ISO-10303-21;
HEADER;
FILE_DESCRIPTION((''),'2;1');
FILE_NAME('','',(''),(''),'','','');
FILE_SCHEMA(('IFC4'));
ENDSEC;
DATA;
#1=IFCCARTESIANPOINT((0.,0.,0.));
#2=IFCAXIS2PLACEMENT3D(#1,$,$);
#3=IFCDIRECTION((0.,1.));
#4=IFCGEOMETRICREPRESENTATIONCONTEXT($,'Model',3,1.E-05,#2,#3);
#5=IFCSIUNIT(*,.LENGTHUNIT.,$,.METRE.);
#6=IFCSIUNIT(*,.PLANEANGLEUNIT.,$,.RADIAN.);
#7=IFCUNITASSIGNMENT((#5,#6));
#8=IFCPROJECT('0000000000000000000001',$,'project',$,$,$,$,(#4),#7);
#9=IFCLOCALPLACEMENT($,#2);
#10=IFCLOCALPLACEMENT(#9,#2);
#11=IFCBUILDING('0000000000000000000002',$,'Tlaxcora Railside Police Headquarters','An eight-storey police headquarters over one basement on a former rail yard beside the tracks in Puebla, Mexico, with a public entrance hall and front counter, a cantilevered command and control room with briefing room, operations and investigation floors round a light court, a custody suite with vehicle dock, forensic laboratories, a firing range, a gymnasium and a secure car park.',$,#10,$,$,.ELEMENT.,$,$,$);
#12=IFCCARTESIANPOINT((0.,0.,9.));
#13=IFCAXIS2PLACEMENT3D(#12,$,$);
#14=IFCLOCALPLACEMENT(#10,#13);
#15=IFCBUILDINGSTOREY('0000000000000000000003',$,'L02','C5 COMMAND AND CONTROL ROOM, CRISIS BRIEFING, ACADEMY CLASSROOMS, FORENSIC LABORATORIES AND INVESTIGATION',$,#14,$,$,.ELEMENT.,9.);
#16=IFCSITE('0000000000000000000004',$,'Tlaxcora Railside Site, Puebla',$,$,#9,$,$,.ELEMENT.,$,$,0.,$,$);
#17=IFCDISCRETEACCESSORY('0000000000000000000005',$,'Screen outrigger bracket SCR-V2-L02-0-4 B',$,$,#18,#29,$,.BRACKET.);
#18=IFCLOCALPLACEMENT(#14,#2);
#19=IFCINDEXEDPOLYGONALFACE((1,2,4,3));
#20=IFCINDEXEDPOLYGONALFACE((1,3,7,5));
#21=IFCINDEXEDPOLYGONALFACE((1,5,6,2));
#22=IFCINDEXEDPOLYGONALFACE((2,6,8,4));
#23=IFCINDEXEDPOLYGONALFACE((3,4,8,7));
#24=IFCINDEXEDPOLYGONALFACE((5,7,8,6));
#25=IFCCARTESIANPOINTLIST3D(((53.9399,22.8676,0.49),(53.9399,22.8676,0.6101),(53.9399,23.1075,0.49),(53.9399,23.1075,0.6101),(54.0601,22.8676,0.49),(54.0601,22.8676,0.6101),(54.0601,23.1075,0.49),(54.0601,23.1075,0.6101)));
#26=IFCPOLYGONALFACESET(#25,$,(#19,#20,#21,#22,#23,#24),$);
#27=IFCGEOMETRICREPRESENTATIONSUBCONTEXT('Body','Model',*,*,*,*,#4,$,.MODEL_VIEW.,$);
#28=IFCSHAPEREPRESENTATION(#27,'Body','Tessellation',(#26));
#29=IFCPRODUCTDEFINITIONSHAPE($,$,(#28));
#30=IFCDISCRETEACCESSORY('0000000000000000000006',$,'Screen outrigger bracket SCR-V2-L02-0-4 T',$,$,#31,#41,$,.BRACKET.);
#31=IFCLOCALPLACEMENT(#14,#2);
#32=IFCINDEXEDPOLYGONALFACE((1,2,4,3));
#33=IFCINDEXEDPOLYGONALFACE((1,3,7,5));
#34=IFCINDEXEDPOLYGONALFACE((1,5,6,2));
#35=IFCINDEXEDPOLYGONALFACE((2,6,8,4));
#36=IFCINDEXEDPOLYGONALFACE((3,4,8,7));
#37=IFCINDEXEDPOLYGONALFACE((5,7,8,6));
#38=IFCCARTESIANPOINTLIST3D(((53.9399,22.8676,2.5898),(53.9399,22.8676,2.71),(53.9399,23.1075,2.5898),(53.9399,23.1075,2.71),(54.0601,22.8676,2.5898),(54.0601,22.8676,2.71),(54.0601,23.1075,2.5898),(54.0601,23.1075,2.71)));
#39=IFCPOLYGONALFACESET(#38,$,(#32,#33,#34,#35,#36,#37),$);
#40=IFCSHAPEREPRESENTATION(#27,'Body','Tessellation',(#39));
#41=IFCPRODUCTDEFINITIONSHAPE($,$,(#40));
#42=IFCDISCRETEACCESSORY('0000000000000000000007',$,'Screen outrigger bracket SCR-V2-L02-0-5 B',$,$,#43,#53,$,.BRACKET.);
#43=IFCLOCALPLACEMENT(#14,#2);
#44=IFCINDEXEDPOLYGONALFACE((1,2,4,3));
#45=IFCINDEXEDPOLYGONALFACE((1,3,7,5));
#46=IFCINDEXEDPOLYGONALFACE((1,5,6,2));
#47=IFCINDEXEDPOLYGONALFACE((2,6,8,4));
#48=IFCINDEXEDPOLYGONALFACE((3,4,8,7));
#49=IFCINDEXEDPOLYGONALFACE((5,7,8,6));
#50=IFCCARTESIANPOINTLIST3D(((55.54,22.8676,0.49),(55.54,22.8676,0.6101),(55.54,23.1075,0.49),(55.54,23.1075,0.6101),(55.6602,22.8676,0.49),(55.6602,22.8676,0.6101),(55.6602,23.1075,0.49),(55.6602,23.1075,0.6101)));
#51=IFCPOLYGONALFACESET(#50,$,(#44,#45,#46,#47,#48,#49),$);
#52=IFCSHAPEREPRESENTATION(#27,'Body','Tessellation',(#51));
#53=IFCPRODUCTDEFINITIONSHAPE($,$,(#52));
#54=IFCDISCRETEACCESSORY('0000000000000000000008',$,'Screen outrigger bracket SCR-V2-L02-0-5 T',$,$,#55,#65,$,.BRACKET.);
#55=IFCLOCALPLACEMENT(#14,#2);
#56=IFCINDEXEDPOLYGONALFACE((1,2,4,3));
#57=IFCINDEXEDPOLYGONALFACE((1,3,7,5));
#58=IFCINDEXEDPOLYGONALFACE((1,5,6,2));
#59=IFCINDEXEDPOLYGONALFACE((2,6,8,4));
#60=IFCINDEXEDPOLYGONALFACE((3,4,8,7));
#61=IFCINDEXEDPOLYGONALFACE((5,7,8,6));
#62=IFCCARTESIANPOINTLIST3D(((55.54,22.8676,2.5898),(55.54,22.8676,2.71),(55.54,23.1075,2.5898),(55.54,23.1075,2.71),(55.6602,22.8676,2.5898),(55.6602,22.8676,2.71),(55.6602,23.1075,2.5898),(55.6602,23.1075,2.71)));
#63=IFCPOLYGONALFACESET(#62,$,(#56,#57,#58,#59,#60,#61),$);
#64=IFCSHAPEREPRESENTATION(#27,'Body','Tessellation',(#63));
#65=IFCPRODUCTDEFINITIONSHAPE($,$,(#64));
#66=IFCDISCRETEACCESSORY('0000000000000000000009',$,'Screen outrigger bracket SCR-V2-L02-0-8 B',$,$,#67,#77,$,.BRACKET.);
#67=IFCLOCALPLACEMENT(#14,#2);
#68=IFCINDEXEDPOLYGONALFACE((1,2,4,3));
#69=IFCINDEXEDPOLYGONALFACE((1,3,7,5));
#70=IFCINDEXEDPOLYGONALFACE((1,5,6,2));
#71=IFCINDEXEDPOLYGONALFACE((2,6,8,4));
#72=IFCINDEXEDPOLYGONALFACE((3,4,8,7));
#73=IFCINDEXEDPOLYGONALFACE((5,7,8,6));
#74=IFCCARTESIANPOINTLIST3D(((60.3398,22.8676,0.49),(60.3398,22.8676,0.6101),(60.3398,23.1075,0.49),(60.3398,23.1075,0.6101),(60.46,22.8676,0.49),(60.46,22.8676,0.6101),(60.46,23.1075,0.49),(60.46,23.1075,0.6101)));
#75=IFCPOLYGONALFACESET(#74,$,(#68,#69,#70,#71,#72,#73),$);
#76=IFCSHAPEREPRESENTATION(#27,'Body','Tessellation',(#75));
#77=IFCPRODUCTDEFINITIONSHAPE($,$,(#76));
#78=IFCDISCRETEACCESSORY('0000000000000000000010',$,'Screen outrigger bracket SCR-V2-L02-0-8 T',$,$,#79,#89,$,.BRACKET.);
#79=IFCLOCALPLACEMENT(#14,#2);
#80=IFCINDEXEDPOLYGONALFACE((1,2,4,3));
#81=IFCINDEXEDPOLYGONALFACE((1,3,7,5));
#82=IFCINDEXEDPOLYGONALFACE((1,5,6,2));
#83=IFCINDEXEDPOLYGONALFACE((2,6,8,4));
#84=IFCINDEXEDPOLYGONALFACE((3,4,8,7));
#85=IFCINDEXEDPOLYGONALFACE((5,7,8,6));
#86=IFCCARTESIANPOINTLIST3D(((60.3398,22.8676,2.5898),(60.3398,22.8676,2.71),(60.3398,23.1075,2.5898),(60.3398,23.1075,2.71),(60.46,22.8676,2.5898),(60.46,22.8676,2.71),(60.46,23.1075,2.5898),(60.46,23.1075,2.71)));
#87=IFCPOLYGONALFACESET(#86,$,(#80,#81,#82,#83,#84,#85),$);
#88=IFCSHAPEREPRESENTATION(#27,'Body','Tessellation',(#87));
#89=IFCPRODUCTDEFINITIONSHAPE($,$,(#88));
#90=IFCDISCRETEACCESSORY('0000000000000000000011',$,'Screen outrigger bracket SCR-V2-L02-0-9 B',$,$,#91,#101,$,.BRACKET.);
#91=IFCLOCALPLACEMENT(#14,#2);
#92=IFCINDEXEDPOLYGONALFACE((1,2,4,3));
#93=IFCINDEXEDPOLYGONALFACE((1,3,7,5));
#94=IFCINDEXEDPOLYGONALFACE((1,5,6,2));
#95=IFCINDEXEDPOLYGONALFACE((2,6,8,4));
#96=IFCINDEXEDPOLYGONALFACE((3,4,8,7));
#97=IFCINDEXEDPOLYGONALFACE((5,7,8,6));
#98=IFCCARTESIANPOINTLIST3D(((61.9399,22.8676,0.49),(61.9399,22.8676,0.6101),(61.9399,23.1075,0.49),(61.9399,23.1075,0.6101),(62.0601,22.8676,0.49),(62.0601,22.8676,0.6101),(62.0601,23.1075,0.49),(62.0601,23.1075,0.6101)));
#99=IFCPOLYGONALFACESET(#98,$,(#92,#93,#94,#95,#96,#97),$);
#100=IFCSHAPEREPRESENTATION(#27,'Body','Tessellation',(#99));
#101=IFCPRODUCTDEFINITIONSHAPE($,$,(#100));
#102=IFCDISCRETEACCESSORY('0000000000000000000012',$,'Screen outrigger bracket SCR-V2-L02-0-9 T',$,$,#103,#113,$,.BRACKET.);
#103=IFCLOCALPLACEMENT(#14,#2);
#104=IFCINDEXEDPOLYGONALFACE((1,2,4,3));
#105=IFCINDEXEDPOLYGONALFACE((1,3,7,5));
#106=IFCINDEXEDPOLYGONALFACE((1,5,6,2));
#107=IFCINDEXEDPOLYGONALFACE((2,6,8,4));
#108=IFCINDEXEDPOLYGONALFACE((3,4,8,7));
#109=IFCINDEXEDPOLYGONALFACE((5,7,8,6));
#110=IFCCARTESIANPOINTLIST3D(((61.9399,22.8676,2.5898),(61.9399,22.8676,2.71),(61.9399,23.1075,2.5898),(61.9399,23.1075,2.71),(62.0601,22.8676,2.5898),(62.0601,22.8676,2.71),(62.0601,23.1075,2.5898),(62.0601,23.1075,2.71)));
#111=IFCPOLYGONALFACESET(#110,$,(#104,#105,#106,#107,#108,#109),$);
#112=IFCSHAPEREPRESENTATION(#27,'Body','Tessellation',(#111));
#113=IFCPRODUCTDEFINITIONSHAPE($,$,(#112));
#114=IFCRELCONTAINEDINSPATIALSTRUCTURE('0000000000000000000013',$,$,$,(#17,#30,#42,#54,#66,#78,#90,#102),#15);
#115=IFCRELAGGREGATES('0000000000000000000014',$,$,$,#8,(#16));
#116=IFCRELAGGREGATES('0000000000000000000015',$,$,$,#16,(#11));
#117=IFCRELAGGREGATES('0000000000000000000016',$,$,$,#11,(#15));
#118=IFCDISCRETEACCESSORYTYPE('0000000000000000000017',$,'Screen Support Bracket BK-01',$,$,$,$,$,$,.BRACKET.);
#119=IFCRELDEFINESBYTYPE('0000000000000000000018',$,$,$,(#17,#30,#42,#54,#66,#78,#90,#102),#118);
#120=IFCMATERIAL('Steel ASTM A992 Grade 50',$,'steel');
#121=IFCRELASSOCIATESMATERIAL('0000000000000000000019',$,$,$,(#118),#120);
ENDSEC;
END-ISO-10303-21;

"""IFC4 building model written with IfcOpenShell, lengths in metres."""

from ifc_helpers import new_model, si_unit, direction, frame, origin, origin_2d, place, context, subcontext, project, spatial, rectangle, extrude, material, type_object, element, save


model = new_model("IFC4")

# Units and contexts
model_context = context("Model", 3, precision=1e-05, world=origin(), true_north=direction((0.0, 1.0)))
body_context = subcontext(model_context, "Body", "Model", "MODEL_VIEW")
ifc_project = project(units=[si_unit("LENGTHUNIT", "METRE"), si_unit("PLANEANGLEUNIT", "RADIAN")], contexts=[model_context])

# Site, building, storey
site_placement = place(None, origin())
site = spatial("IfcSite", under=ifc_project, at=site_placement, Name="Tlaxcora Railside Site, Puebla", CompositionType="ELEMENT", RefElevation=0.0)
building_placement = place(site_placement, origin())
building = spatial("IfcBuilding", under=site, at=building_placement, Name="Tlaxcora Railside Police Headquarters", Description="An eight-storey police headquarters over one basement on a former rail yard beside the tracks in Puebla, Mexico, with a public entrance hall and front counter, a cantilevered command and control room with briefing room, operations and investigation floors round a light court, a custody suite with vehicle dock, forensic laboratories, a firing range, a gymnasium and a secure car park.", CompositionType="ELEMENT")
storey_placement = place(building_placement, frame((0.0, 0.0, 9.0)))
storey = spatial("IfcBuildingStorey", under=building, at=storey_placement, Name="L02", Description="C5 COMMAND AND CONTROL ROOM, CRISIS BRIEFING, ACADEMY CLASSROOMS, FORENSIC LABORATORIES AND INVESTIGATION", CompositionType="ELEMENT", Elevation=9.0)

# Shared definitions
ifc_material_1 = material(Name="Steel ASTM A992 Grade 50", Category="steel")

# Discrete accessories
discrete_accessory_type = type_object("IfcDiscreteAccessoryType", Name="Screen Support Bracket BK-01", PredefinedType="BRACKET", material=ifc_material_1)
for number, where, z_axis, x_axis, name in (
    (1, (54.0, 22.9875, 0.49), (0.0, 0.0, 1.0), (1.0, 0.0, 0.0), "Screen outrigger bracket SCR-V2-L02-0-4 B"),
    (2, (54.0, 22.9875, 2.5898), (0.0, 0.0, 1.0), (1.0, 0.0, 0.0), "Screen outrigger bracket SCR-V2-L02-0-4 T"),
    (3, (55.6001, 22.9875, 0.49), (0.0, 0.0, 1.0), (1.0, 0.0, 0.0), "Screen outrigger bracket SCR-V2-L02-0-5 B"),
    (4, (55.6001, 22.9875, 2.5898), (0.0, 0.0, 1.0), (1.0, 0.0, 0.0), "Screen outrigger bracket SCR-V2-L02-0-5 T"),
    (5, (60.3999, 22.9875, 0.49), (0.0, 0.0, 1.0), (1.0, 0.0, 0.0), "Screen outrigger bracket SCR-V2-L02-0-8 B"),
    (6, (60.3999, 22.9875, 2.5898), (0.0, 0.0, 1.0), (1.0, 0.0, 0.0), "Screen outrigger bracket SCR-V2-L02-0-8 T"),
    (7, (62.0, 22.9875, 0.49), (0.0, 0.0, 1.0), (1.0, 0.0, 0.0), "Screen outrigger bracket SCR-V2-L02-0-9 B"),
    (8, (62.0, 22.9875, 2.5898), (0.0, 0.0, 1.0), (1.0, 0.0, 0.0), "Screen outrigger bracket SCR-V2-L02-0-9 T"),
):
    element("IfcDiscreteAccessory", number, at=place(storey_placement, frame(where, z_axis=z_axis, x_axis=x_axis)), inside=storey, type_object=discrete_accessory_type, Name=name, PredefinedType="BRACKET", context=body_context, shape_type="SweptSolid", body=[
        extrude(rectangle(XDim=0.1201, YDim=0.24, at=origin_2d()), origin(), (0.0, 0.0, 1.0), 0.1201),
    ])

save(model, "model.ifc")
